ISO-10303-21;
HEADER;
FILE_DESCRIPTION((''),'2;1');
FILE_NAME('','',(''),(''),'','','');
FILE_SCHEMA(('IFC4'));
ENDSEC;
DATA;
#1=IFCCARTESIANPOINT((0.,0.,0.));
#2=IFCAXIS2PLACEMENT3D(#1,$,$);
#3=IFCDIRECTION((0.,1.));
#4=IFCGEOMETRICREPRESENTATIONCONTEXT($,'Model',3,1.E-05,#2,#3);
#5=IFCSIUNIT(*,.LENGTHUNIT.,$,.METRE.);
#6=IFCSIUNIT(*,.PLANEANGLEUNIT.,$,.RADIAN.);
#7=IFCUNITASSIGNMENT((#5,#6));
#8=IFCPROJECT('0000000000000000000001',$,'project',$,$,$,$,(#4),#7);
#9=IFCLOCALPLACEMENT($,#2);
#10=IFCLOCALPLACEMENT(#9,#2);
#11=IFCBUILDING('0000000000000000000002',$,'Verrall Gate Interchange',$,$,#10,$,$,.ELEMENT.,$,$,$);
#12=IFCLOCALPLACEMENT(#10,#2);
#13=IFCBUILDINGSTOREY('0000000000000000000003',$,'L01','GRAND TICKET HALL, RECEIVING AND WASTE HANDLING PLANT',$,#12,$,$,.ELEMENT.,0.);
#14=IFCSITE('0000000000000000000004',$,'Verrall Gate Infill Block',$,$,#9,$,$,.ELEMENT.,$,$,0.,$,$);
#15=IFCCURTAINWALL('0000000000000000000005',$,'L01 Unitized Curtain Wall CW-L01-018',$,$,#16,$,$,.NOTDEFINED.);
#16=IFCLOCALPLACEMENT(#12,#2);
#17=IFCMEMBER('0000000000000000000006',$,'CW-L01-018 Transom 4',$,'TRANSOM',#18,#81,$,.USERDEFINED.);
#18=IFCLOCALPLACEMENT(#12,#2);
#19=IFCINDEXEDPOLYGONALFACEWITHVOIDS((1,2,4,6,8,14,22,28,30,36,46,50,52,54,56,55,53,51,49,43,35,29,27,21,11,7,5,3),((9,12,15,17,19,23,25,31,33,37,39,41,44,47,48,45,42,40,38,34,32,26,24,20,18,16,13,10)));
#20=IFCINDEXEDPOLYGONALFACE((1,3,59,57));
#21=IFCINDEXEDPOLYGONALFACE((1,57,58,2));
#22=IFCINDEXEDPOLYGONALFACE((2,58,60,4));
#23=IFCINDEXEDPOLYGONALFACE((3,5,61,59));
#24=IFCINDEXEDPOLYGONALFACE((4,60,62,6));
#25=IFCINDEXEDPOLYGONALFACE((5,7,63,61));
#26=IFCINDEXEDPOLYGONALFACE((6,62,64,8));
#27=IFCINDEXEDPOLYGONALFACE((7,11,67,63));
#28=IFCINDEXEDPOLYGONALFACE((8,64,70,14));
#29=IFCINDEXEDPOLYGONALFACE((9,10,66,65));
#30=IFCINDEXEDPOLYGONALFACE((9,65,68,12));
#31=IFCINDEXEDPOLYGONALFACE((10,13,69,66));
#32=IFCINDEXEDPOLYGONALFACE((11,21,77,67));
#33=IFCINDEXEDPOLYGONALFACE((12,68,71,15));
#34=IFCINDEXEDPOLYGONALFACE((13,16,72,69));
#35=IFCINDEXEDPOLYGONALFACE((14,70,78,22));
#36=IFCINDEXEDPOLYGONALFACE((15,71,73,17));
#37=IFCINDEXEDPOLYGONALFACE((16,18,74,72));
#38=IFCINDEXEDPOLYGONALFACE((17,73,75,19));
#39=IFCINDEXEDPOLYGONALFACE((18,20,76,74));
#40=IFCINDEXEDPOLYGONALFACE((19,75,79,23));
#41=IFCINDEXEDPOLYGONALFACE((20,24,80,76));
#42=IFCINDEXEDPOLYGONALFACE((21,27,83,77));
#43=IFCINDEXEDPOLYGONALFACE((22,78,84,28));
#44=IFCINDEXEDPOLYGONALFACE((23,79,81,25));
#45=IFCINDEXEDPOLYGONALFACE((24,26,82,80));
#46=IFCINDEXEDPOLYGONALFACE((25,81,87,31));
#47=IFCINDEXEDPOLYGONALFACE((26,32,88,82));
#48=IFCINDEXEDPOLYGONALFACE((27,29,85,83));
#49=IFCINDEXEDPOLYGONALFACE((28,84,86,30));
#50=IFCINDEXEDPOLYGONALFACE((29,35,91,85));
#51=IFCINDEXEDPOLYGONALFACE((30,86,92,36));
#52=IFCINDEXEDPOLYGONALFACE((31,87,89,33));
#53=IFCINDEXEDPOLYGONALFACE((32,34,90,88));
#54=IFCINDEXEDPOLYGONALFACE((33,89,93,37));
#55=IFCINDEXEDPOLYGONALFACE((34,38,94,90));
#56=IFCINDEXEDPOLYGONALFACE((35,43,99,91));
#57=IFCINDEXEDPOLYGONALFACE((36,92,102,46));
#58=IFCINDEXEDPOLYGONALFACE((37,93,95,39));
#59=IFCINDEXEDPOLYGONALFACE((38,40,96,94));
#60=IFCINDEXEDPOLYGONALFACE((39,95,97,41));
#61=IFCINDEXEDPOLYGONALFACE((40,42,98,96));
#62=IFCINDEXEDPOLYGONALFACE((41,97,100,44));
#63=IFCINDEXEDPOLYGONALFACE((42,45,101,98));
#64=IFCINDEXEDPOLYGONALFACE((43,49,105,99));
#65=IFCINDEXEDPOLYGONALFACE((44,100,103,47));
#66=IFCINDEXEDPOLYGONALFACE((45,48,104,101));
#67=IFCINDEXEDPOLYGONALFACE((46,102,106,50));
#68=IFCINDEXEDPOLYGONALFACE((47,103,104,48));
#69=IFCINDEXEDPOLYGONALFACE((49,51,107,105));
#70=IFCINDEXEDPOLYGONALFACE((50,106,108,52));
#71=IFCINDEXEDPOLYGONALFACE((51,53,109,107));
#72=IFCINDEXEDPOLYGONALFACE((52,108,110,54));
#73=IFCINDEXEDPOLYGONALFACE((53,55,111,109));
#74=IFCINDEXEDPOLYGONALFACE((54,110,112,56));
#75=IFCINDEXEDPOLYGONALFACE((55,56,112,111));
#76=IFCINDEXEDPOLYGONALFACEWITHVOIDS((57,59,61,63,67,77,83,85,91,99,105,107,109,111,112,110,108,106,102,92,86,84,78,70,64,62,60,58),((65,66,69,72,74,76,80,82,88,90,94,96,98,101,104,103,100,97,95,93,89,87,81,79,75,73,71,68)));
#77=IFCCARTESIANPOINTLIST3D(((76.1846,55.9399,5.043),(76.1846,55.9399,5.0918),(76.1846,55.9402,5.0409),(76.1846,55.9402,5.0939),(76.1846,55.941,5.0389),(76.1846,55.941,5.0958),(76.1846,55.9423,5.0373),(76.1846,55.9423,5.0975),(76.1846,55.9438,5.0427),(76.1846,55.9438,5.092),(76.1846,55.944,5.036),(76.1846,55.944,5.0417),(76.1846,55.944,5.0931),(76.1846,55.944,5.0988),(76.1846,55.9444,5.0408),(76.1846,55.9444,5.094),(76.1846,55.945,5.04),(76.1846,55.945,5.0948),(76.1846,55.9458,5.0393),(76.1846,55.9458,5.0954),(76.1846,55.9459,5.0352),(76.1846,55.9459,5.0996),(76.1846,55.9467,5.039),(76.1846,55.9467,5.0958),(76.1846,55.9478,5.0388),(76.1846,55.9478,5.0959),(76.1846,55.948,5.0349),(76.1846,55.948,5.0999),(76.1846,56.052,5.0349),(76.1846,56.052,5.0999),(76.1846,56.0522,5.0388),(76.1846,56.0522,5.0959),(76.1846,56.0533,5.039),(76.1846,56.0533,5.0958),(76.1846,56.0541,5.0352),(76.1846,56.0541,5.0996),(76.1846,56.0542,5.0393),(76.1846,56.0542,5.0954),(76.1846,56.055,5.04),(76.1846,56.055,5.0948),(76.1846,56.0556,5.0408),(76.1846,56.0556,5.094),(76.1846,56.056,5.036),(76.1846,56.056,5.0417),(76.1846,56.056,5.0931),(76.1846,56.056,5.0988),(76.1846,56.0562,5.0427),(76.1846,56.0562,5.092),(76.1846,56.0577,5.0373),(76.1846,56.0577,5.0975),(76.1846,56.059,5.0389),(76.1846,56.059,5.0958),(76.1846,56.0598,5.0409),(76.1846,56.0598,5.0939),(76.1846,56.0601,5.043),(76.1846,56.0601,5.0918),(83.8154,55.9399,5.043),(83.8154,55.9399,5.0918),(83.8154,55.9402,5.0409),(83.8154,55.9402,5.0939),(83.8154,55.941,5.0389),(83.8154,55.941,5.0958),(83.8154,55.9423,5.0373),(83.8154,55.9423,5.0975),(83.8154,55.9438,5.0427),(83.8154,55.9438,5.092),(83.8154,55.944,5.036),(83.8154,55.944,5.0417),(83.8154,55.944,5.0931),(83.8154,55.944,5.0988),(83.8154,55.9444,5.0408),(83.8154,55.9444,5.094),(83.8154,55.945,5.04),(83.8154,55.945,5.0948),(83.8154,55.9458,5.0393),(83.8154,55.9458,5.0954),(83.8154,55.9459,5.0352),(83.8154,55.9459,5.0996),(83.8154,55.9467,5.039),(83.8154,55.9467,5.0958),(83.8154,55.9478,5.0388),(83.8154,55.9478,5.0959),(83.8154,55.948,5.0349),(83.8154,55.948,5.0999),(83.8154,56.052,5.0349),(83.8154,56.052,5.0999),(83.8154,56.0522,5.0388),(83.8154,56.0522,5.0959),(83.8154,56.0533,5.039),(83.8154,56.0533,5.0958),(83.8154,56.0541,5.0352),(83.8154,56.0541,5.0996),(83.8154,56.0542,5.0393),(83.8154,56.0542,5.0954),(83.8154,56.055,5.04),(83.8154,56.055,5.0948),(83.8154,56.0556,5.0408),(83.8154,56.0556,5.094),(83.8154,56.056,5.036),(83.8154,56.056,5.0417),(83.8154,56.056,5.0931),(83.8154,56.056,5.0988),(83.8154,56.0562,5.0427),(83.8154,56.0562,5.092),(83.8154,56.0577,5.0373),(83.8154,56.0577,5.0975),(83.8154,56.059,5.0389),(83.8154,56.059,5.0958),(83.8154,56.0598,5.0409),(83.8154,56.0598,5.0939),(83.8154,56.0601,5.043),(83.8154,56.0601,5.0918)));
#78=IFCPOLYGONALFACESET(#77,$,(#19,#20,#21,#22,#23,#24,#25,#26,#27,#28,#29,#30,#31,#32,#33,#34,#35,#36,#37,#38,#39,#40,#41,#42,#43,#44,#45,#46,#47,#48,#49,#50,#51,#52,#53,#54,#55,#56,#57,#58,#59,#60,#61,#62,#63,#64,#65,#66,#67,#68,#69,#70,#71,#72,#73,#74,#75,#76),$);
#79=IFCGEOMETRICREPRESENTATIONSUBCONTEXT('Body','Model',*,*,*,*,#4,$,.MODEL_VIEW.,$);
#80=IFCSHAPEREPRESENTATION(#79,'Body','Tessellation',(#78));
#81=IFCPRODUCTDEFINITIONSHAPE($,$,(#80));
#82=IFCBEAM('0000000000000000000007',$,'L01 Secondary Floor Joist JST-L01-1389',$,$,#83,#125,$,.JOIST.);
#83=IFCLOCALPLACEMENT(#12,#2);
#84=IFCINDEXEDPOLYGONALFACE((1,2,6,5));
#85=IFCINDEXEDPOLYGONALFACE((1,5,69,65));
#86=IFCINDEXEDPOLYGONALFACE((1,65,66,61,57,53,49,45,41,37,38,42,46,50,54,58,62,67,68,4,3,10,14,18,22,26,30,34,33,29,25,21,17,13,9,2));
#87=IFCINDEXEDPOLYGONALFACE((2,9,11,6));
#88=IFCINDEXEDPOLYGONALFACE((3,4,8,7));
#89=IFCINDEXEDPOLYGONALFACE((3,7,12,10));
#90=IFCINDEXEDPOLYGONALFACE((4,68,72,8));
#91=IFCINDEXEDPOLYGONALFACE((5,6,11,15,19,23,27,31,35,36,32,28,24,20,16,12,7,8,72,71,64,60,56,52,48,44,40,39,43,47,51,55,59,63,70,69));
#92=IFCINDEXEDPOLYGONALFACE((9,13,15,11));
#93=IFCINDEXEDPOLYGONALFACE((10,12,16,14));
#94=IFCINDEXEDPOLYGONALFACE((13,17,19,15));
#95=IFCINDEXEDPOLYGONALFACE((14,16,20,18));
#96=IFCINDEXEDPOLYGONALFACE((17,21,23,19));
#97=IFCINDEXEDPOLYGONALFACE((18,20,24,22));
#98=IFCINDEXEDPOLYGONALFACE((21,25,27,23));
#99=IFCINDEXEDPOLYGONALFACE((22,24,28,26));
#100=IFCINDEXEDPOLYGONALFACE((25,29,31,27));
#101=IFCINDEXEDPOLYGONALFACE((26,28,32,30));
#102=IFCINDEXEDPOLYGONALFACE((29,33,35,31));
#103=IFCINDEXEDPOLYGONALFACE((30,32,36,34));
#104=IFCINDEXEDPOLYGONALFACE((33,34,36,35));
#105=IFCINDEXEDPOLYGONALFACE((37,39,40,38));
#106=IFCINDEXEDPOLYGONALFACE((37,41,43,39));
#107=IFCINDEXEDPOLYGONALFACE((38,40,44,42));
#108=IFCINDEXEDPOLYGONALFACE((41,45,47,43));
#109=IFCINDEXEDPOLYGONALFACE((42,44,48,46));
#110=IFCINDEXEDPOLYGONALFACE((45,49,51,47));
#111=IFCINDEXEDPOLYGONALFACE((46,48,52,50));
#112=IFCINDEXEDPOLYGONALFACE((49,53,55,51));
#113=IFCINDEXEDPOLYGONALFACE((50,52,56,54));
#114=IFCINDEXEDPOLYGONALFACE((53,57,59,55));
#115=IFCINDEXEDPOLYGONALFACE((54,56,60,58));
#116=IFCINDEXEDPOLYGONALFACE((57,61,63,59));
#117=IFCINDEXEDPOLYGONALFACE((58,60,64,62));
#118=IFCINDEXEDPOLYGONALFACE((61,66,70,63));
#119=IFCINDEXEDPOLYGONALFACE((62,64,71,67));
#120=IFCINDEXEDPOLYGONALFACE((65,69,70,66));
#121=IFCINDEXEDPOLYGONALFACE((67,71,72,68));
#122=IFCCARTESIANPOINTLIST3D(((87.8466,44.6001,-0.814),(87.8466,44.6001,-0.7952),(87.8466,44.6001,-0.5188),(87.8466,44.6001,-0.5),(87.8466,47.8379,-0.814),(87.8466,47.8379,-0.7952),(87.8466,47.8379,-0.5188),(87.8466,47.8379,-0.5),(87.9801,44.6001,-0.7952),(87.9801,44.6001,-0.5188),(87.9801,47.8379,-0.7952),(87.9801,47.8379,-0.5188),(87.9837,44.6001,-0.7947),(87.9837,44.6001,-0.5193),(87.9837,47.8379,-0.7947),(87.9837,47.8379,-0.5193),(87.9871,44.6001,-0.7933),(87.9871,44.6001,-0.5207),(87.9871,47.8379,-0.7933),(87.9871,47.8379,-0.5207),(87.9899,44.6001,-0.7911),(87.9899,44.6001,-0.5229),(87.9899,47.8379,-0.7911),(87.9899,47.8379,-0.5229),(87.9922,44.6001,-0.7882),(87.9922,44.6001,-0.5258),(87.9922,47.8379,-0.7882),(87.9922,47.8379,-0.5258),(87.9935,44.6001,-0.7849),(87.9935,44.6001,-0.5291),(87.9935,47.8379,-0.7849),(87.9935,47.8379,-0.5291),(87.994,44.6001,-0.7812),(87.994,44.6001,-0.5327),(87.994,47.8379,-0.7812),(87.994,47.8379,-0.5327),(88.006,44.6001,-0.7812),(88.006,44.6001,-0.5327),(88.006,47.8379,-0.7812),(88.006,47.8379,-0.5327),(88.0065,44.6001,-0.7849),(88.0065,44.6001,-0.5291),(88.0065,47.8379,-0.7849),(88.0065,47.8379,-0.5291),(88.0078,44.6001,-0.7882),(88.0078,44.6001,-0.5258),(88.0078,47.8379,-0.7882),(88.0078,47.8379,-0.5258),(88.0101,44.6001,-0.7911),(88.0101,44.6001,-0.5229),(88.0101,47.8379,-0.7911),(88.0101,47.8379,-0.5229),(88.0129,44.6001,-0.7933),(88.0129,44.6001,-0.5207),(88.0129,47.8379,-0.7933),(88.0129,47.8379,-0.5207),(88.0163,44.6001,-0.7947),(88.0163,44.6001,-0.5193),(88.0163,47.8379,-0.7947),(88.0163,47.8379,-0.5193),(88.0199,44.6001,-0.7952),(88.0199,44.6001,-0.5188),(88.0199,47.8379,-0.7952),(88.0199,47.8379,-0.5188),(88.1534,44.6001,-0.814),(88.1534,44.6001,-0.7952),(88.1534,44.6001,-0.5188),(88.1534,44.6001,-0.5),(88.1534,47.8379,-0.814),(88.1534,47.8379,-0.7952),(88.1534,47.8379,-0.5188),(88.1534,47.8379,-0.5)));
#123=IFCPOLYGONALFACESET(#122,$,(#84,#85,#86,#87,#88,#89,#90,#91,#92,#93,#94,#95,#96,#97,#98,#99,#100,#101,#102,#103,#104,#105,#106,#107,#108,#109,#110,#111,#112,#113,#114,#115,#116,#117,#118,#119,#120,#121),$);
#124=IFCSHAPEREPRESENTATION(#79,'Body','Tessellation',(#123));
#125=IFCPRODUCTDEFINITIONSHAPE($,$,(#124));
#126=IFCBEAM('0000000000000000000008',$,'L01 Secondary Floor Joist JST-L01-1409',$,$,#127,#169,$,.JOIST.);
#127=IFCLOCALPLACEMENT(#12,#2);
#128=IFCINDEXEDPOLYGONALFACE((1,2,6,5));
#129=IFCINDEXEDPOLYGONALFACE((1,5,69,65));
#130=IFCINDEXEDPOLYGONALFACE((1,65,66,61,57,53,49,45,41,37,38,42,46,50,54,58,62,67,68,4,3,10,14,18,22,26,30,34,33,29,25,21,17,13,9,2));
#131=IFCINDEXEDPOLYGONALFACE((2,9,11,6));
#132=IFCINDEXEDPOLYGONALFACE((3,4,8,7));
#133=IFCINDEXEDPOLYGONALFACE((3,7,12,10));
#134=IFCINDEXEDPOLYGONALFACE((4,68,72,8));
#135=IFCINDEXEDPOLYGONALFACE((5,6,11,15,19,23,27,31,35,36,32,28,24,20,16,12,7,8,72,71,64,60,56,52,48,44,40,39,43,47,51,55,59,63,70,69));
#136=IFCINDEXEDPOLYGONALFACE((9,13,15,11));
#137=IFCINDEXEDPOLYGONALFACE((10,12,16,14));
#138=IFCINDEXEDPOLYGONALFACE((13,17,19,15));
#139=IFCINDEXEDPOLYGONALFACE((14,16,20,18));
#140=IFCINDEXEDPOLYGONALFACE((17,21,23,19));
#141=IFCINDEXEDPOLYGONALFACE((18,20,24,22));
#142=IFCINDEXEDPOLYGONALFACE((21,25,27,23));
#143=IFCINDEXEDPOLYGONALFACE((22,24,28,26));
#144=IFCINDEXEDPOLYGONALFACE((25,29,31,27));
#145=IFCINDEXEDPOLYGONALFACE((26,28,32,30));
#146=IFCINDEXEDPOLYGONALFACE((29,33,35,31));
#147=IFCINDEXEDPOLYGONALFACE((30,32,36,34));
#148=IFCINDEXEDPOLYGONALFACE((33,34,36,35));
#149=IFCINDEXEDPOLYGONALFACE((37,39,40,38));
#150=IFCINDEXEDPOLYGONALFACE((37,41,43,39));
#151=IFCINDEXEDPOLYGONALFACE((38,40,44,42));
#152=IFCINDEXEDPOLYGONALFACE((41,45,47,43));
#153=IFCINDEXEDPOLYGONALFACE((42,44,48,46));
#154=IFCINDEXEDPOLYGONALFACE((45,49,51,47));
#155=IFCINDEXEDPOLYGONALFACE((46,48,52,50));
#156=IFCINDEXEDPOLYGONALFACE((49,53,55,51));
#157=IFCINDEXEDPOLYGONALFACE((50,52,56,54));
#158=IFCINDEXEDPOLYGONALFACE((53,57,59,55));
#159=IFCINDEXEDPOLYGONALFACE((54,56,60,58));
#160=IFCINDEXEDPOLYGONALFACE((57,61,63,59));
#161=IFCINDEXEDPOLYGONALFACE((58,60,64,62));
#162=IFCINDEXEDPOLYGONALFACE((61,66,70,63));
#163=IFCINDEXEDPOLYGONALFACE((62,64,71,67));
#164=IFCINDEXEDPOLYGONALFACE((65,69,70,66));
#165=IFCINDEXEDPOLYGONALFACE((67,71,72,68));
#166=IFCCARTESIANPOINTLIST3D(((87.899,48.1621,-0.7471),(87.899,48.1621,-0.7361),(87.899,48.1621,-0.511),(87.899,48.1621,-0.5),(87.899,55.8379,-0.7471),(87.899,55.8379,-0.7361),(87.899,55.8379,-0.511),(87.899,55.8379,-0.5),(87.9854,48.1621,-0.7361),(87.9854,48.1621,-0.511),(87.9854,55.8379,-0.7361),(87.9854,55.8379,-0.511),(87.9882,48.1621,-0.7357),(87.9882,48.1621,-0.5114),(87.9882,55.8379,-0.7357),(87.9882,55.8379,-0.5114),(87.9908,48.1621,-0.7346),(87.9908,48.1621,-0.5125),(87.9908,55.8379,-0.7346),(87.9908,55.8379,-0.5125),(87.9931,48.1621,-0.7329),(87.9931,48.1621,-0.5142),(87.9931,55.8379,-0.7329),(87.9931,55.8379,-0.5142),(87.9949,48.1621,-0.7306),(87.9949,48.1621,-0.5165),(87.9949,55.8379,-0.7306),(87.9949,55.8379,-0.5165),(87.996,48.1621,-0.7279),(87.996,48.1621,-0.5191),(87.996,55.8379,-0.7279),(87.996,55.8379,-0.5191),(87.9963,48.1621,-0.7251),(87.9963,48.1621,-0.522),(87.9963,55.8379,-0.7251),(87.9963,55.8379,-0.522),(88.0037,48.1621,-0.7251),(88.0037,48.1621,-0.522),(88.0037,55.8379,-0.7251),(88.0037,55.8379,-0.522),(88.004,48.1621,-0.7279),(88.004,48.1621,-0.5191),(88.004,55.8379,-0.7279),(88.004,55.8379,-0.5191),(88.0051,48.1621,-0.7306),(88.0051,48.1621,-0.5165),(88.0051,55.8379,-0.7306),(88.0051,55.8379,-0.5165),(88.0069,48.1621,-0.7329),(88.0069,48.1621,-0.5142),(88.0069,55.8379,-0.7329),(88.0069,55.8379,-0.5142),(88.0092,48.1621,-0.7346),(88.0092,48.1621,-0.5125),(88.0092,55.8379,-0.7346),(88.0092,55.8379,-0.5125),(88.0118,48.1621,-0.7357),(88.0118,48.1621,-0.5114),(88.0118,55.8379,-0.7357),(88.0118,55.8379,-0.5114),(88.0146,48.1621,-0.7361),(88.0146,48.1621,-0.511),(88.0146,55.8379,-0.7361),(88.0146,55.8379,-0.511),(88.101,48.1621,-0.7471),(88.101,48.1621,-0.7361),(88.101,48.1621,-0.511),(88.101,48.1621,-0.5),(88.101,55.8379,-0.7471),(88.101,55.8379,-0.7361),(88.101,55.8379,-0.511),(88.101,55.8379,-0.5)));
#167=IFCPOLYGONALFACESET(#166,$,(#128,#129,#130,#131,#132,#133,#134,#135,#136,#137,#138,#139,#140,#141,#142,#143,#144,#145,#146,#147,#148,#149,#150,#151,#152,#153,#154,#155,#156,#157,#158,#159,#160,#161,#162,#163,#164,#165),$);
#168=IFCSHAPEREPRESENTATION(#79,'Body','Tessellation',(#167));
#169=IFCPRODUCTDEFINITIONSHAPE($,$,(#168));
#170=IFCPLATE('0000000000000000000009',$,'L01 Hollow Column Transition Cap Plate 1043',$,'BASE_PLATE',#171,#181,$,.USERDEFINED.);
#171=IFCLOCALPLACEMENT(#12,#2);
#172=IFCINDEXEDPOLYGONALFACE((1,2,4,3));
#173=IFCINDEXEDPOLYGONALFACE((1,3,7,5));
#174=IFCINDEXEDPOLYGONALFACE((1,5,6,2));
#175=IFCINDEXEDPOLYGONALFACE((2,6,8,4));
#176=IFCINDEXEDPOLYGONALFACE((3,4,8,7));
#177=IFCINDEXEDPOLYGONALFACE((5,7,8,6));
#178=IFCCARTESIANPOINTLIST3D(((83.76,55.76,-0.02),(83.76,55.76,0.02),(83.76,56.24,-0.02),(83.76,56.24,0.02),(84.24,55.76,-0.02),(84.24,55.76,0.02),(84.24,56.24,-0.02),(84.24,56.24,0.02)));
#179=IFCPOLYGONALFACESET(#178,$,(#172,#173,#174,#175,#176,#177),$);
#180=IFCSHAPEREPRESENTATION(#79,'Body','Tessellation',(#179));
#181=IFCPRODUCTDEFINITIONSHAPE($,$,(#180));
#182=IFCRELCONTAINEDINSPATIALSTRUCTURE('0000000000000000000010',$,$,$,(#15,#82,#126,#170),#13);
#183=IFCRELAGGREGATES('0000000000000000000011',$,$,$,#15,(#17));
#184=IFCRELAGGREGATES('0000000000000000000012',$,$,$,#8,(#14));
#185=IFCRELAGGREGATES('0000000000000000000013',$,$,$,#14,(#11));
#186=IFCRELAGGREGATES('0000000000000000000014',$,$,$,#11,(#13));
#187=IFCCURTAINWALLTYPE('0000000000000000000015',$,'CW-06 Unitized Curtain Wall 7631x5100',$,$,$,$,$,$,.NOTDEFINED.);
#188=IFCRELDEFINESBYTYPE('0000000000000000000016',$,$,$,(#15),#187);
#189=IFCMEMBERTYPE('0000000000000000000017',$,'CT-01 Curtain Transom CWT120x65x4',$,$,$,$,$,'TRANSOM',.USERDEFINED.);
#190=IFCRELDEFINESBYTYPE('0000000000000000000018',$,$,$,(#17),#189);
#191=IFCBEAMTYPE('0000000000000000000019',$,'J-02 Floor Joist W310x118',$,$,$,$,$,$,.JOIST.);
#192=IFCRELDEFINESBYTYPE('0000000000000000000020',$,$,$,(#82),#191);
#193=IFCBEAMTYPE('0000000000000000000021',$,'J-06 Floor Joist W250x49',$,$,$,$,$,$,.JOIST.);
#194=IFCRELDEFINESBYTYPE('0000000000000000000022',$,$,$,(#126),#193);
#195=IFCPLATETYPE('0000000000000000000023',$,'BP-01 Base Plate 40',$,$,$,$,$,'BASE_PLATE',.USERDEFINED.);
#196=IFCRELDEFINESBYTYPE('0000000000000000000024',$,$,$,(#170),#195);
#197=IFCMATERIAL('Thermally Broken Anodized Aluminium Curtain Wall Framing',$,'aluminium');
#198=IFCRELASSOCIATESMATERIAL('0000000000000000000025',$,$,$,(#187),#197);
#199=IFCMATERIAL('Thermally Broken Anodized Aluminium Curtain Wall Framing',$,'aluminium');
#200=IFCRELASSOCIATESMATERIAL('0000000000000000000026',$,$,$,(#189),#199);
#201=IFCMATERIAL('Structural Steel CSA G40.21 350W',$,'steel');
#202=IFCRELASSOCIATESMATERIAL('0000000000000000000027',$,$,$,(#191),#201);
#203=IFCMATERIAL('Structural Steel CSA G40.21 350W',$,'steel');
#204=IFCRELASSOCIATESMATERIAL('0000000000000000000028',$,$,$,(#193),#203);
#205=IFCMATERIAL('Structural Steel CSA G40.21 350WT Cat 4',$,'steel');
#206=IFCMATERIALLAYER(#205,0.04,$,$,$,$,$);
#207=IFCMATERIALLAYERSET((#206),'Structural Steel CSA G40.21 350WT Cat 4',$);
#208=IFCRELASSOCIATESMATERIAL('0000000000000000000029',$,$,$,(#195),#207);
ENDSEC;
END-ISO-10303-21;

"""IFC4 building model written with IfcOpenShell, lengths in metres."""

from ifc_helpers import new_model, si_unit, direction, frame, origin, origin_2d, place, context, subcontext, project, spatial, rectangle, hollow_rectangle, i_section, extrude, material, layer, layer_set, material_profile, profile_set, type_object, element, aggregate, save


model = new_model("IFC4")

# Units and contexts
model_context = context("Model", 3, precision=1e-05, world=origin(), true_north=direction((0.0, 1.0)))
body_context = subcontext(model_context, "Body", "Model", "MODEL_VIEW")
ifc_project = project(units=[si_unit("LENGTHUNIT", "METRE"), si_unit("PLANEANGLEUNIT", "RADIAN")], contexts=[model_context])

# Site, building, storey
site_placement = place(None, origin())
site = spatial("IfcSite", under=ifc_project, at=site_placement, Name="Verrall Gate Infill Block", CompositionType="ELEMENT", RefElevation=0.0)
building_placement = place(site_placement, origin())
building = spatial("IfcBuilding", under=site, at=building_placement, Name="Verrall Gate Interchange", CompositionType="ELEMENT")
storey_placement = place(building_placement, origin())
storey = spatial("IfcBuildingStorey", under=building, at=storey_placement, Name="L01", Description="GRAND TICKET HALL, RECEIVING AND WASTE HANDLING PLANT", CompositionType="ELEMENT", Elevation=0.0)

# Curtain wall
ifc_material_1 = material(Name="Thermally Broken Anodized Aluminium Curtain Wall Framing", Category="aluminium")
curtain_wall_type = type_object("IfcCurtainWallType", Name="CW-06 Unitized Curtain Wall 7631x5100", PredefinedType="NOTDEFINED", material=ifc_material_1)
curtain_wall_1_placement = place(storey_placement, origin())
curtain_wall_1 = element("IfcCurtainWall", 1, at=curtain_wall_1_placement, inside=storey, type_object=curtain_wall_type, Name="L01 Unitized Curtain Wall CW-L01-018", PredefinedType="NOTDEFINED")

# Member
ifc_material_2 = material(Name="Thermally Broken Anodized Aluminium Curtain Wall Framing", Category="aluminium")
ifc_material_profile_1 = material_profile(ifc_material_2, hollow_rectangle(XDim=0.1201, YDim=0.0649, WallThickness=0.0039, InnerFilletRadius=0.0039, OuterFilletRadius=0.0081, at=origin_2d()), Name="CWT120x65x4")
ifc_profile_set_1 = profile_set([ifc_material_profile_1], Name="Thermally Broken Anodized Aluminium Curtain Wall Framing")
member_type_1 = type_object("IfcMemberType", Name="CT-01 Curtain Transom CWT120x65x4", ElementType="TRANSOM", PredefinedType="USERDEFINED", material=ifc_profile_set_1)
member_1_placement = place(storey_placement, frame((83.8154, 56.0, 5.0674), z_axis=(-1.0, 0.0, 0.0), x_axis=(0.0, -1.0, 0.0)))
member_1 = element("IfcMember", 2, at=member_1_placement, type_object=member_type_1, Name="CW-L01-018 Transom 4", ObjectType="TRANSOM", PredefinedType="USERDEFINED", context=body_context, shape_type="SweptSolid", body=[
    extrude(hollow_rectangle(XDim=0.1201, YDim=0.0649, WallThickness=0.0039, InnerFilletRadius=0.0039, OuterFilletRadius=0.0081, at=origin_2d()), origin(), (0.0, 0.0, 1.0), 7.6309),
])

# Beams
ifc_material_3 = material(Name="Structural Steel CSA G40.21 350W", Category="steel")
ifc_material_profile_2 = material_profile(ifc_material_3, i_section(OverallWidth=0.3069, OverallDepth=0.314, WebThickness=0.012, FlangeThickness=0.0188, FilletRadius=0.0139, at=origin_2d()), Name="W310x118")
ifc_profile_set_2 = profile_set([ifc_material_profile_2], Name="Structural Steel CSA G40.21 350W")
beam_type_1 = type_object("IfcBeamType", Name="J-02 Floor Joist W310x118", PredefinedType="JOIST", material=ifc_profile_set_2)
beam_1_placement = place(storey_placement, frame((88.0, 44.6001, -0.657), z_axis=(0.0, 1.0, 0.0), x_axis=(-1.0, 0.0, 0.0)))
element("IfcBeam", 3, at=beam_1_placement, inside=storey, type_object=beam_type_1, Name="L01 Secondary Floor Joist JST-L01-1389", PredefinedType="JOIST", context=body_context, shape_type="SweptSolid", body=[
    extrude(i_section(OverallWidth=0.3069, OverallDepth=0.314, WebThickness=0.012, FlangeThickness=0.0188, FilletRadius=0.0139, at=origin_2d()), origin(), (0.0, 0.0, 1.0), 3.2378),
])
ifc_material_4 = material(Name="Structural Steel CSA G40.21 350W", Category="steel")
ifc_material_profile_3 = material_profile(ifc_material_4, i_section(OverallWidth=0.2019, OverallDepth=0.2471, WebThickness=0.0073, FlangeThickness=0.011, FilletRadius=0.011, at=origin_2d()), Name="W250x49")
ifc_profile_set_3 = profile_set([ifc_material_profile_3], Name="Structural Steel CSA G40.21 350W")
beam_type_2 = type_object("IfcBeamType", Name="J-06 Floor Joist W250x49", PredefinedType="JOIST", material=ifc_profile_set_3)
beam_2_placement = place(storey_placement, frame((88.0, 48.1621, -0.6235), z_axis=(0.0, 1.0, 0.0), x_axis=(-1.0, 0.0, 0.0)))
element("IfcBeam", 4, at=beam_2_placement, inside=storey, type_object=beam_type_2, Name="L01 Secondary Floor Joist JST-L01-1409", PredefinedType="JOIST", context=body_context, shape_type="SweptSolid", body=[
    extrude(i_section(OverallWidth=0.2019, OverallDepth=0.2471, WebThickness=0.0073, FlangeThickness=0.011, FilletRadius=0.011, at=origin_2d()), origin(), (0.0, 0.0, 1.0), 7.6758),
])

# Plate
ifc_material_5 = material(Name="Structural Steel CSA G40.21 350WT Cat 4", Category="steel")
ifc_layer_1 = layer(ifc_material_5, 0.04)
ifc_layer_set_1 = layer_set([ifc_layer_1], Name="Structural Steel CSA G40.21 350WT Cat 4")
plate_type_1 = type_object("IfcPlateType", Name="BP-01 Base Plate 40", ElementType="BASE_PLATE", PredefinedType="USERDEFINED", material=ifc_layer_set_1)
plate_1_placement = place(storey_placement, frame((84.0, 56.0, -0.02), z_axis=(0.0, 0.0, 1.0), x_axis=(1.0, 0.0, 0.0)))
element("IfcPlate", 5, at=plate_1_placement, inside=storey, type_object=plate_type_1, Name="L01 Hollow Column Transition Cap Plate 1043", ObjectType="BASE_PLATE", PredefinedType="USERDEFINED", context=body_context, shape_type="SweptSolid", body=[
    extrude(rectangle(XDim=0.48, YDim=0.48, at=origin_2d()), origin(), (0.0, 0.0, 1.0), 0.04),
])
aggregate(curtain_wall_1, [member_1])

save(model, "model.ifc")
